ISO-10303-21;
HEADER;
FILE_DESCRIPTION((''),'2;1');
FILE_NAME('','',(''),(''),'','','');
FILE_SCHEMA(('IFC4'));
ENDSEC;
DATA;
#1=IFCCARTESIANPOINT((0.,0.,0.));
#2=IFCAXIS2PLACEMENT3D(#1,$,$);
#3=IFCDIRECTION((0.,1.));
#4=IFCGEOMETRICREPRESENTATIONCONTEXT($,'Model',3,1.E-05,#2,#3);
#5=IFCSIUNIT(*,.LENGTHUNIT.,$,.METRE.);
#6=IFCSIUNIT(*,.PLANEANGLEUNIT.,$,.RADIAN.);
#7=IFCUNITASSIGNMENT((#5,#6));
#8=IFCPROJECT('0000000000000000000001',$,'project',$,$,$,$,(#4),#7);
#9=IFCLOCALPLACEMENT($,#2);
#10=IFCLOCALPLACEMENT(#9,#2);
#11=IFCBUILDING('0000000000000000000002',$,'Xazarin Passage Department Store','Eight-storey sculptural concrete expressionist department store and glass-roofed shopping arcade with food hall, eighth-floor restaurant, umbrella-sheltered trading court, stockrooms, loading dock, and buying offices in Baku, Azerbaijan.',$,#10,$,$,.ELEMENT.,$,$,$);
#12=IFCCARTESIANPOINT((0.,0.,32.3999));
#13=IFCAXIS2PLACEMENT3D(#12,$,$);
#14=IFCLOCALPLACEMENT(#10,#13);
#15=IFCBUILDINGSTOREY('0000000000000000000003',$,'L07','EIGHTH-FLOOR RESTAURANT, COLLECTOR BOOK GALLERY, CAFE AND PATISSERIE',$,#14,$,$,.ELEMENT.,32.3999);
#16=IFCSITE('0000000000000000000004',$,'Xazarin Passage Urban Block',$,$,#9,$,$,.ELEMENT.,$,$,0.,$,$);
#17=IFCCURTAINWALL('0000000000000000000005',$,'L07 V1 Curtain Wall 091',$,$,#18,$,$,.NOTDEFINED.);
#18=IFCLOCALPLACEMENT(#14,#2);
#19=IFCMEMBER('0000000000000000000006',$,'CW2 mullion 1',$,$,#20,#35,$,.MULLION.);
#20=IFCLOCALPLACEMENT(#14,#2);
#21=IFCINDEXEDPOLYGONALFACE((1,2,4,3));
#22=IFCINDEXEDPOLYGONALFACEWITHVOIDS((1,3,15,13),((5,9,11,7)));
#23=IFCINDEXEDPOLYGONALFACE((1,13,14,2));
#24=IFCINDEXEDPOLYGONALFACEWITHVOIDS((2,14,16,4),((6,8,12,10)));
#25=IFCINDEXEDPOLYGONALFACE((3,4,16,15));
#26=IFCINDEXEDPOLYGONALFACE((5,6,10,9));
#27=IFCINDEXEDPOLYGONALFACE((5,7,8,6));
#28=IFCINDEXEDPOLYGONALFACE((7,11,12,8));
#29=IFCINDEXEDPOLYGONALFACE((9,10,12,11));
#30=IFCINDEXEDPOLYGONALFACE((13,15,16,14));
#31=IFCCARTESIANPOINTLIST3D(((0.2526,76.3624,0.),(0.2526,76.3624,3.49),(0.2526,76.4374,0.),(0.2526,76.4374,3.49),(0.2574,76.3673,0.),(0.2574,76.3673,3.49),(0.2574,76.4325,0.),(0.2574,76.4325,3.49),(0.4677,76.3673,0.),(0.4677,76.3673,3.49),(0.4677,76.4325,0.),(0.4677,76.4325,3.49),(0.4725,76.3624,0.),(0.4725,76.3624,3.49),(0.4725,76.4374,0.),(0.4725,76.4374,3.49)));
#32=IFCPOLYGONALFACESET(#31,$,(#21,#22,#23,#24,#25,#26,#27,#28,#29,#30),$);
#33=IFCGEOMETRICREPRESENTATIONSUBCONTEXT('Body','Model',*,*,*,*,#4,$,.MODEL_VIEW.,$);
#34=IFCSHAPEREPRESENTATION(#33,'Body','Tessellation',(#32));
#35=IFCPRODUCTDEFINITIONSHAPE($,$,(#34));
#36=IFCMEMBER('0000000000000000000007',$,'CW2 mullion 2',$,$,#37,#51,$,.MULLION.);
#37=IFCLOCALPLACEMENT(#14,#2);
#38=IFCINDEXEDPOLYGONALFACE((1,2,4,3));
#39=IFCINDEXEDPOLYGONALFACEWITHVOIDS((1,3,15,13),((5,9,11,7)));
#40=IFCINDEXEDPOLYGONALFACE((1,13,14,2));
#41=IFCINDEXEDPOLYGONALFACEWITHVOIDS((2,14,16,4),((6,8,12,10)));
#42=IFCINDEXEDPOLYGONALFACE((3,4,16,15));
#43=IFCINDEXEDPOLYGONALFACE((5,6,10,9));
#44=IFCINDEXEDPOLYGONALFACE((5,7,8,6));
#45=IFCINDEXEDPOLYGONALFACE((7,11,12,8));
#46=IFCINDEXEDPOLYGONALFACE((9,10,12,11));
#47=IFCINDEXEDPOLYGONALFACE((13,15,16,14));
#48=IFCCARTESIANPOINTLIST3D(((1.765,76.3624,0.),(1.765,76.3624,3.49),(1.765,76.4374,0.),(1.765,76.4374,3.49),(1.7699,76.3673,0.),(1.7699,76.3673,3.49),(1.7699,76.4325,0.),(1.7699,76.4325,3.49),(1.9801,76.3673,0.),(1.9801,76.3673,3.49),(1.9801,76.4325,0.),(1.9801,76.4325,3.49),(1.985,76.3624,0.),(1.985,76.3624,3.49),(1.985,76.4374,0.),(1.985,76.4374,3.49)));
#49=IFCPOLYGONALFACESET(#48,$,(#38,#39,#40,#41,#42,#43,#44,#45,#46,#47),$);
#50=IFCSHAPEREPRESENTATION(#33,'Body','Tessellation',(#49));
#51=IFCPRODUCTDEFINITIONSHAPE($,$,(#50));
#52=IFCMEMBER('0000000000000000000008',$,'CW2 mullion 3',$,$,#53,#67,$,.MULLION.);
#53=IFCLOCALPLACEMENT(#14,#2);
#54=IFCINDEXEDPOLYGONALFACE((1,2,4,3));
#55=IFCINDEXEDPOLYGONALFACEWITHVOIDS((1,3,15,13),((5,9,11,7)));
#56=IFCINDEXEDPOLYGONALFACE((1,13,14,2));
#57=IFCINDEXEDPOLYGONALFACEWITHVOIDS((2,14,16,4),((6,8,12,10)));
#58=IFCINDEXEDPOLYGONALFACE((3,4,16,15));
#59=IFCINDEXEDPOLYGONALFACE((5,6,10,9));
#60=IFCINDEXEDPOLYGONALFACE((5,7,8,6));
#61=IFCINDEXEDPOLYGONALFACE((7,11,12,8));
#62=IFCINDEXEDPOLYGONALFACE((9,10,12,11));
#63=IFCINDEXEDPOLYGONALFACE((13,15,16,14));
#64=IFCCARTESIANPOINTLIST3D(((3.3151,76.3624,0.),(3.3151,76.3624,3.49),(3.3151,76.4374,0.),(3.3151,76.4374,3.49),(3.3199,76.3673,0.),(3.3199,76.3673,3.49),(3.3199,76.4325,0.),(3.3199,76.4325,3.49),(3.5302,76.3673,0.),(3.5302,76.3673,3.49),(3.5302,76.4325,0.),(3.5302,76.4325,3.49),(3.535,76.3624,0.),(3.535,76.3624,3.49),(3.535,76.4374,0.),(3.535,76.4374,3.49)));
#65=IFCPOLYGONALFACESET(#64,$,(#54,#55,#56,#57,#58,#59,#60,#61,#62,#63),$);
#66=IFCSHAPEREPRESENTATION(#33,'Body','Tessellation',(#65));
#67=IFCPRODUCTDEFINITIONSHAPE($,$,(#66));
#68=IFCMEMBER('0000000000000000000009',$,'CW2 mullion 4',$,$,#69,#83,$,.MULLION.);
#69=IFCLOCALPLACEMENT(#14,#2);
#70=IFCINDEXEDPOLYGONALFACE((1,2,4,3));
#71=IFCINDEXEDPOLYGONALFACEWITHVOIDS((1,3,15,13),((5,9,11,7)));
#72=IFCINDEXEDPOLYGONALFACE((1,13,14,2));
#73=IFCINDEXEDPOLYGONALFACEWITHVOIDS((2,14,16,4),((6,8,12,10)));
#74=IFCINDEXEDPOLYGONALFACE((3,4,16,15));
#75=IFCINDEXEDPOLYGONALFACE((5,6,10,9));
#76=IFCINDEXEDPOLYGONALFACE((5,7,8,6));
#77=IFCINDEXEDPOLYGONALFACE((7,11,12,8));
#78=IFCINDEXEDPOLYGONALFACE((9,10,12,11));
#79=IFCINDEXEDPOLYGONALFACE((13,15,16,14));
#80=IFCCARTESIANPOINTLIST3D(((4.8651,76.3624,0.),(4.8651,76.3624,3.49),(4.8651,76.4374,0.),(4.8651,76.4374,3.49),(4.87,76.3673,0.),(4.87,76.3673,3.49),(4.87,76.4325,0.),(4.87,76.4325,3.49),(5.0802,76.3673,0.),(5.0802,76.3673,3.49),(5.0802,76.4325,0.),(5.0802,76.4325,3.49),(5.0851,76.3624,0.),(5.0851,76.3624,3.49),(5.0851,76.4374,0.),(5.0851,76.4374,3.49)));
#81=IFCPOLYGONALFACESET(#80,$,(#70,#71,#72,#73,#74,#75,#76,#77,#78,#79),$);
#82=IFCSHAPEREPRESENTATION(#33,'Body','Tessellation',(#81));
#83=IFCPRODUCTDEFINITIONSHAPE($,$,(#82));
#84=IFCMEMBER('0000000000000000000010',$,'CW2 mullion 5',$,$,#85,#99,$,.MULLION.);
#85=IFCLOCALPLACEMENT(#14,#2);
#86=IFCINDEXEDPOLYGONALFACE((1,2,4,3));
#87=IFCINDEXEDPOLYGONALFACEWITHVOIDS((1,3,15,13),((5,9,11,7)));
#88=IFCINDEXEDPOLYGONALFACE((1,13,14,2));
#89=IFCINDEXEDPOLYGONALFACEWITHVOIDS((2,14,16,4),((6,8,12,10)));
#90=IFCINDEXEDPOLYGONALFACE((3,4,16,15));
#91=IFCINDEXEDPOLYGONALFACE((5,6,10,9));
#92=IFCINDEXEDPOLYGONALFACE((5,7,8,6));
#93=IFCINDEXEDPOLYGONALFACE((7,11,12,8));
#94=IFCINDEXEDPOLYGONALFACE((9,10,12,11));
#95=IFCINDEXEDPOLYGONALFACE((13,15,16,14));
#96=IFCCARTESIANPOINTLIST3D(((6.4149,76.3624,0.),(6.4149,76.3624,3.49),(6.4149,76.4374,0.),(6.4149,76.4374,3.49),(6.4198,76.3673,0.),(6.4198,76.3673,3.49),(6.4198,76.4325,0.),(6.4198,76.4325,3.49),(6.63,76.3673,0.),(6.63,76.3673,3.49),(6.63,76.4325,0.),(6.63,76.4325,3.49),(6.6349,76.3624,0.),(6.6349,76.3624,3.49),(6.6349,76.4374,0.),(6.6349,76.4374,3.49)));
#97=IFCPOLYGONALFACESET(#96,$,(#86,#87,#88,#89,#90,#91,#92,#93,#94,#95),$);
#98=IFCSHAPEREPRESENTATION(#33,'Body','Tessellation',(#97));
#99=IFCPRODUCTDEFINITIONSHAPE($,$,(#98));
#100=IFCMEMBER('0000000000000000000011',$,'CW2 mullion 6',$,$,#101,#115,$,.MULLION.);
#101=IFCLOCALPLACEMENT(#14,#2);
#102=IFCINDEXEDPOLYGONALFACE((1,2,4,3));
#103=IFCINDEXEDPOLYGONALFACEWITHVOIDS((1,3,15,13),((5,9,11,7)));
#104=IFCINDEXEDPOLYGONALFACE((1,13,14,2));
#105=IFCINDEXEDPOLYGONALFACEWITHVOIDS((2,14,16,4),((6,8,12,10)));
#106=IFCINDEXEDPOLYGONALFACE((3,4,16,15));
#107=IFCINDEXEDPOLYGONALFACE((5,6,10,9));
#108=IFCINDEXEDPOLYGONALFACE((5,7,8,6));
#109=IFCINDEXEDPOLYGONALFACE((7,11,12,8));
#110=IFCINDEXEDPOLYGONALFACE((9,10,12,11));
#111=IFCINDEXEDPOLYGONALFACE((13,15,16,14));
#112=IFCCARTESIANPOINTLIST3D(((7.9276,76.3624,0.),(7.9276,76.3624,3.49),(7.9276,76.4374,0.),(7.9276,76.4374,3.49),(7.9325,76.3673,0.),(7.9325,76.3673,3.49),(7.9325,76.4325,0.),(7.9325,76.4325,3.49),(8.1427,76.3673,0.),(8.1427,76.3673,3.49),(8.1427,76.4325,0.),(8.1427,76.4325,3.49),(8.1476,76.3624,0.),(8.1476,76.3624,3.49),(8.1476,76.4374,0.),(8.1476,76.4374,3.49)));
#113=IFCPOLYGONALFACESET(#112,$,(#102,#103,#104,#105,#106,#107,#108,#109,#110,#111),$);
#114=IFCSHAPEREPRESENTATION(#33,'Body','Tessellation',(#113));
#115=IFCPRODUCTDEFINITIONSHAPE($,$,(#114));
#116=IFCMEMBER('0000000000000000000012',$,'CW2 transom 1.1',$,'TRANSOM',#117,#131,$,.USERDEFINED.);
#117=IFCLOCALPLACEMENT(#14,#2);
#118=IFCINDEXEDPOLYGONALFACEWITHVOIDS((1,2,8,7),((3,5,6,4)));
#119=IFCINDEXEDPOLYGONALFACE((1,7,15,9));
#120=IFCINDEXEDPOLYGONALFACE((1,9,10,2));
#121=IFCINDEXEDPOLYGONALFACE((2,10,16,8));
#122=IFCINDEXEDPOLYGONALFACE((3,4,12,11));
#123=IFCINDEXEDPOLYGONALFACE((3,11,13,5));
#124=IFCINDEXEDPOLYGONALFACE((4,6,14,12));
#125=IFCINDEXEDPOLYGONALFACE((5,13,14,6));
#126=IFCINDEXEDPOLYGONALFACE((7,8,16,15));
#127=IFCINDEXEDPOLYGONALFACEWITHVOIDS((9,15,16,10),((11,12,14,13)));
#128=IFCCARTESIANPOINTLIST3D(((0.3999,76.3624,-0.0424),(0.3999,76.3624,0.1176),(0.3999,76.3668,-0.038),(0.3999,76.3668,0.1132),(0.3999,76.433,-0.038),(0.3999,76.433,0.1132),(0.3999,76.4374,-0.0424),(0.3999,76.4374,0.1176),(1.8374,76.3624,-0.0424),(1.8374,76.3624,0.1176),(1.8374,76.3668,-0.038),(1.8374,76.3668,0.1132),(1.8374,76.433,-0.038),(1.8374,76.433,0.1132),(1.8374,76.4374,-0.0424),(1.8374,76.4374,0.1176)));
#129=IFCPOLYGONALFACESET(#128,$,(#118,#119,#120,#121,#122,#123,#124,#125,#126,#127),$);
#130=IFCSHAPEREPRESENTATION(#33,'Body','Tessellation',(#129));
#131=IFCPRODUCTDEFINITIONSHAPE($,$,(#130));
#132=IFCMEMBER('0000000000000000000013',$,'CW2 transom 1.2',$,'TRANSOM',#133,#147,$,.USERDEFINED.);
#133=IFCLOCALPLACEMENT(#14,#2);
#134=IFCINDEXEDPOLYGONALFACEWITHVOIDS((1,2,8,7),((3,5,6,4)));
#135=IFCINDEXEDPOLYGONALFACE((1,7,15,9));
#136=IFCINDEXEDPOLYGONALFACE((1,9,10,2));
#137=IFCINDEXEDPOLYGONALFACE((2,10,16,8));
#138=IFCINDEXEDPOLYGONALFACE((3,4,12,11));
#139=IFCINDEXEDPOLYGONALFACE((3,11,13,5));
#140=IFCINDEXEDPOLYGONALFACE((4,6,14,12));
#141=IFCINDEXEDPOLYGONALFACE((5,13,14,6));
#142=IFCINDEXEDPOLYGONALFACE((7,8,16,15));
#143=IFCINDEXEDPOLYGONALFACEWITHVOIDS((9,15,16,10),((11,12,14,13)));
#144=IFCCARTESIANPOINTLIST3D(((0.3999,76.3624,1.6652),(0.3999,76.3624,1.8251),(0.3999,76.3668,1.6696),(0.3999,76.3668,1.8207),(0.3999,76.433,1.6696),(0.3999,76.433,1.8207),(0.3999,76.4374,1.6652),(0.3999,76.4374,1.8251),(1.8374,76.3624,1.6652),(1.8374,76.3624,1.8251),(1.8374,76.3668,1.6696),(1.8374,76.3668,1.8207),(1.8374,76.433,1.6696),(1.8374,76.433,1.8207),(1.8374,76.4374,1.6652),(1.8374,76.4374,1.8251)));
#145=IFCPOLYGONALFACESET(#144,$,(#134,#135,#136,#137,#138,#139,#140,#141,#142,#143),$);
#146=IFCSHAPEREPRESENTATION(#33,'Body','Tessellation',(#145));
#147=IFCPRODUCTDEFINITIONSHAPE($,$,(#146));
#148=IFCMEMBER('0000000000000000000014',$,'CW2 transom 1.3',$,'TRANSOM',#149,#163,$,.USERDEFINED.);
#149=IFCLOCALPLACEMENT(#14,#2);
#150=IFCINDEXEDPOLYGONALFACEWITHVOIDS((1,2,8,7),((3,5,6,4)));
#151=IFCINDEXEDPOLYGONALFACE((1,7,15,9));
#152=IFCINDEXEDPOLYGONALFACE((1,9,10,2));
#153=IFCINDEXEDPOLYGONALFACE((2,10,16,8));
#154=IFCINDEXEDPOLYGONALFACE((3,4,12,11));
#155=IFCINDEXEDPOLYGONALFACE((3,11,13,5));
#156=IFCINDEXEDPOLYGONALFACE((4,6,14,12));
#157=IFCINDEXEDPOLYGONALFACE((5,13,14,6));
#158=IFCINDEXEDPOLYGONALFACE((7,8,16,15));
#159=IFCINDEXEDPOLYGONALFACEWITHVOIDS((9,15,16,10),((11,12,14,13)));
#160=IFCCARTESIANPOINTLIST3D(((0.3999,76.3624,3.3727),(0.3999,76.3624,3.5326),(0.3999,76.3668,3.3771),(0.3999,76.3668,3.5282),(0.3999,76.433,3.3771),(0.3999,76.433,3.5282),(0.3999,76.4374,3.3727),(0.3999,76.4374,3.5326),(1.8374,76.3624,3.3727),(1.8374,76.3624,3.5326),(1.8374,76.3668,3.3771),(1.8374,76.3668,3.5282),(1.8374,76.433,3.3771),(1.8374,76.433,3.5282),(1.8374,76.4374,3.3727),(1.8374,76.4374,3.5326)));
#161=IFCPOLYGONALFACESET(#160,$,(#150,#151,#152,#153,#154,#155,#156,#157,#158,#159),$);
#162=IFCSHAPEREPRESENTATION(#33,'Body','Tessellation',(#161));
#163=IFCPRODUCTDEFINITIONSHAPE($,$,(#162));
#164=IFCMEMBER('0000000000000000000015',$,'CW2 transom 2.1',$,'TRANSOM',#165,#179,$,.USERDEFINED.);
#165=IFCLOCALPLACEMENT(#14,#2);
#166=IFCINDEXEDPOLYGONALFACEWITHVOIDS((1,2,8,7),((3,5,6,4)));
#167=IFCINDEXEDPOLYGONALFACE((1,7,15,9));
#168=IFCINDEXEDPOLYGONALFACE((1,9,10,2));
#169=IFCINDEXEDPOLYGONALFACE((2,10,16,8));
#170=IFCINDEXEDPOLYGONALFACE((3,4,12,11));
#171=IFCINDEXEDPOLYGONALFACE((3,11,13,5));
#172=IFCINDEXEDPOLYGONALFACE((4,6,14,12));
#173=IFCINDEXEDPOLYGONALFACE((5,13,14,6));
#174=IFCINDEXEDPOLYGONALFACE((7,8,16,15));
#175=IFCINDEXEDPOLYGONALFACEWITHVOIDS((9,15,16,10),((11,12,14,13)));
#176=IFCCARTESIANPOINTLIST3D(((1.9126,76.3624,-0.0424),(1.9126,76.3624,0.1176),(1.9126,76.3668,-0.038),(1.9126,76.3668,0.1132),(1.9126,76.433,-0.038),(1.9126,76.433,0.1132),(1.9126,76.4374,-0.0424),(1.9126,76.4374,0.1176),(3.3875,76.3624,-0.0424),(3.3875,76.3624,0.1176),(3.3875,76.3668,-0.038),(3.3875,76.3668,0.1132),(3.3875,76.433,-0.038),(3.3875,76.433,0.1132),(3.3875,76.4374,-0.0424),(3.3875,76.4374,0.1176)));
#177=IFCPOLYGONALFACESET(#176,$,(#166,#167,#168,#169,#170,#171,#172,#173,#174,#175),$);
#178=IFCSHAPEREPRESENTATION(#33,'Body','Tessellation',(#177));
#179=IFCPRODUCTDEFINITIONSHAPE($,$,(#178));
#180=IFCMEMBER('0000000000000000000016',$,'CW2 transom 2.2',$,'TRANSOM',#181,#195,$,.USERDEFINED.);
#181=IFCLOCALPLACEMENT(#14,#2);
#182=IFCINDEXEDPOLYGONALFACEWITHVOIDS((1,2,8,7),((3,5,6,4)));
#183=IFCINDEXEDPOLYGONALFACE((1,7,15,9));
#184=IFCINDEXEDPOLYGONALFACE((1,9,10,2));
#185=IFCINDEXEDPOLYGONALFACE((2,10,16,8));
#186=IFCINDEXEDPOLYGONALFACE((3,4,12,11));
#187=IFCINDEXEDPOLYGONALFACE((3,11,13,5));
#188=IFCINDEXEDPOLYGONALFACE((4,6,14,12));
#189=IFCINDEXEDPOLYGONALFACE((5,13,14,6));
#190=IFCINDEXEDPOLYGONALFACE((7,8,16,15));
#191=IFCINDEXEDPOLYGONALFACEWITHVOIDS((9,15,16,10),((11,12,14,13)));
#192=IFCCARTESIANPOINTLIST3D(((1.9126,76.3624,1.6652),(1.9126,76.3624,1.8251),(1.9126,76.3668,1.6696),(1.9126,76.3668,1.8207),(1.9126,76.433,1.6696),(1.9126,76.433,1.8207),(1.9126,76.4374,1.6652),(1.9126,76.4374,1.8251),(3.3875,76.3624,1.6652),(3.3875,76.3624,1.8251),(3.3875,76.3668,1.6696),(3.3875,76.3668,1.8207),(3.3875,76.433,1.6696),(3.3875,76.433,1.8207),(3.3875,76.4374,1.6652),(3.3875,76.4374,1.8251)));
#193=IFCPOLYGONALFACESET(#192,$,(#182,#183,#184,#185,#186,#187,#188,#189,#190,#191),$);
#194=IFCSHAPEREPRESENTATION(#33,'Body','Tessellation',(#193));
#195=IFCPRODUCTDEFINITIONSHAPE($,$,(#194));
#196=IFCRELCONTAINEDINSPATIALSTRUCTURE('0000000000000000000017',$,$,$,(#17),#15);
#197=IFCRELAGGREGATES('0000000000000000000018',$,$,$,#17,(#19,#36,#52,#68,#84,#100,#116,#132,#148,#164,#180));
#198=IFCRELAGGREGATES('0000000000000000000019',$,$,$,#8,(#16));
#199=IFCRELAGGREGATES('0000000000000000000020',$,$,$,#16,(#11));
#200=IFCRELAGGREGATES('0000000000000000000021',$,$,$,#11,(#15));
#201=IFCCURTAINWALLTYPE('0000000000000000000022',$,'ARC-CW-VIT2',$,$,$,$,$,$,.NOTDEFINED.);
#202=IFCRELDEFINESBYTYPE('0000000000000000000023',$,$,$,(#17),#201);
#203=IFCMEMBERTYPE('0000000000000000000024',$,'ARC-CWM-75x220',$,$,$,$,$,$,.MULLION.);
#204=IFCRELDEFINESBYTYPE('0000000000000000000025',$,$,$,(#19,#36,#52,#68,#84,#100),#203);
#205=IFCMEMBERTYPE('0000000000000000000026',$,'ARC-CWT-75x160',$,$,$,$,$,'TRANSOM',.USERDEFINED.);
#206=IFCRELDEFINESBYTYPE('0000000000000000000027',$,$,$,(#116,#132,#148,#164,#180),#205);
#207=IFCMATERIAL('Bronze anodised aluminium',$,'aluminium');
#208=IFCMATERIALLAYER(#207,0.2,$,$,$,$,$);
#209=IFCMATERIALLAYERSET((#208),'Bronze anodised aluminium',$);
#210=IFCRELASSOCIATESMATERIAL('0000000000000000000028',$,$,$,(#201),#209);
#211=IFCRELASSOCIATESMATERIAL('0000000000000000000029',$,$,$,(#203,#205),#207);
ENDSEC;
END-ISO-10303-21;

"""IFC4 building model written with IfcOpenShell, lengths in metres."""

from ifc_helpers import new_model, si_unit, direction, frame, origin, origin_2d, place, context, subcontext, project, spatial, hollow_rectangle, extrude, material, layer, layer_set, material_profile, profile_set, type_object, element, aggregate, save


model = new_model("IFC4")

# Units and contexts
model_context = context("Model", 3, precision=1e-05, world=origin(), true_north=direction((0.0, 1.0)))
body_context = subcontext(model_context, "Body", "Model", "MODEL_VIEW")
ifc_project = project(units=[si_unit("LENGTHUNIT", "METRE"), si_unit("PLANEANGLEUNIT", "RADIAN")], contexts=[model_context])

# Site, building, storey
site_placement = place(None, origin())
site = spatial("IfcSite", under=ifc_project, at=site_placement, Name="Xazarin Passage Urban Block", CompositionType="ELEMENT", RefElevation=0.0)
building_placement = place(site_placement, origin())
building = spatial("IfcBuilding", under=site, at=building_placement, Name="Xazarin Passage Department Store", Description="Eight-storey sculptural concrete expressionist department store and glass-roofed shopping arcade with food hall, eighth-floor restaurant, umbrella-sheltered trading court, stockrooms, loading dock, and buying offices in Baku, Azerbaijan.", CompositionType="ELEMENT")
storey_placement = place(building_placement, frame((0.0, 0.0, 32.3999)))
storey = spatial("IfcBuildingStorey", under=building, at=storey_placement, Name="L07", Description="EIGHTH-FLOOR RESTAURANT, COLLECTOR BOOK GALLERY, CAFE AND PATISSERIE", CompositionType="ELEMENT", Elevation=32.3999)

# Curtain wall, members
ifc_material_1 = material(Name="Bronze anodised aluminium", Category="aluminium")
ifc_layer_1 = layer(ifc_material_1, 0.2)
ifc_layer_set_1 = layer_set([ifc_layer_1], Name="Bronze anodised aluminium")
curtain_wall_type = type_object("IfcCurtainWallType", Name="ARC-CW-VIT2", PredefinedType="NOTDEFINED", material=ifc_layer_set_1)
curtain_wall_placement = place(storey_placement, origin())
curtain_wall = element("IfcCurtainWall", 1, at=curtain_wall_placement, inside=storey, type_object=curtain_wall_type, Name="L07 V1 Curtain Wall 091", PredefinedType="NOTDEFINED")
ifc_material_profile_1 = material_profile(ifc_material_1, hollow_rectangle(XDim=0.075, YDim=0.22, WallThickness=0.0049, at=origin_2d()), Name="ALU 75x220")
ifc_profile_set_1 = profile_set([ifc_material_profile_1], Name="Bronze anodised aluminium")
member_type_1 = type_object("IfcMemberType", Name="ARC-CWM-75x220", PredefinedType="MULLION", material=ifc_profile_set_1)
member_1_placement = place(storey_placement, frame((0.3625, 76.3999, 0.0), z_axis=(0.0, 0.0, 1.0), x_axis=(0.0, 1.0, 0.0)))
member_1 = element("IfcMember", 2, at=member_1_placement, type_object=member_type_1, Name="CW2 mullion 1", PredefinedType="MULLION", context=body_context, shape_type="SweptSolid", body=[
    extrude(hollow_rectangle(XDim=0.075, YDim=0.22, WallThickness=0.0049, at=origin_2d()), origin(), (0.0, 0.0, 1.0), 3.49),
])
member_2_placement = place(storey_placement, frame((1.875, 76.3999, 0.0), z_axis=(0.0, 0.0, 1.0), x_axis=(0.0, 1.0, 0.0)))
member_2 = element("IfcMember", 3, at=member_2_placement, type_object=member_type_1, Name="CW2 mullion 2", PredefinedType="MULLION", context=body_context, shape_type="SweptSolid", body=[
    extrude(hollow_rectangle(XDim=0.075, YDim=0.22, WallThickness=0.0049, at=origin_2d()), origin(), (0.0, 0.0, 1.0), 3.49),
])
member_3_placement = place(storey_placement, frame((3.425, 76.3999, 0.0), z_axis=(0.0, 0.0, 1.0), x_axis=(0.0, 1.0, 0.0)))
member_3 = element("IfcMember", 4, at=member_3_placement, type_object=member_type_1, Name="CW2 mullion 3", PredefinedType="MULLION", context=body_context, shape_type="SweptSolid", body=[
    extrude(hollow_rectangle(XDim=0.075, YDim=0.22, WallThickness=0.0049, at=origin_2d()), origin(), (0.0, 0.0, 1.0), 3.49),
])
member_4_placement = place(storey_placement, frame((4.9751, 76.3999, 0.0), z_axis=(0.0, 0.0, 1.0), x_axis=(0.0, 1.0, 0.0)))
member_4 = element("IfcMember", 5, at=member_4_placement, type_object=member_type_1, Name="CW2 mullion 4", PredefinedType="MULLION", context=body_context, shape_type="SweptSolid", body=[
    extrude(hollow_rectangle(XDim=0.075, YDim=0.22, WallThickness=0.0049, at=origin_2d()), origin(), (0.0, 0.0, 1.0), 3.49),
])
member_5_placement = place(storey_placement, frame((6.5249, 76.3999, 0.0), z_axis=(0.0, 0.0, 1.0), x_axis=(0.0, 1.0, 0.0)))
member_5 = element("IfcMember", 6, at=member_5_placement, type_object=member_type_1, Name="CW2 mullion 5", PredefinedType="MULLION", context=body_context, shape_type="SweptSolid", body=[
    extrude(hollow_rectangle(XDim=0.075, YDim=0.22, WallThickness=0.0049, at=origin_2d()), origin(), (0.0, 0.0, 1.0), 3.49),
])
member_6_placement = place(storey_placement, frame((8.0376, 76.3999, 0.0), z_axis=(0.0, 0.0, 1.0), x_axis=(0.0, 1.0, 0.0)))
member_6 = element("IfcMember", 7, at=member_6_placement, type_object=member_type_1, Name="CW2 mullion 6", PredefinedType="MULLION", context=body_context, shape_type="SweptSolid", body=[
    extrude(hollow_rectangle(XDim=0.075, YDim=0.22, WallThickness=0.0049, at=origin_2d()), origin(), (0.0, 0.0, 1.0), 3.49),
])
ifc_material_profile_2 = material_profile(ifc_material_1, hollow_rectangle(XDim=0.075, YDim=0.1599, WallThickness=0.0044, at=origin_2d()), Name="ALU 75x160")
ifc_profile_set_2 = profile_set([ifc_material_profile_2], Name="Bronze anodised aluminium")
member_type_2 = type_object("IfcMemberType", Name="ARC-CWT-75x160", ElementType="TRANSOM", PredefinedType="USERDEFINED", material=ifc_profile_set_2)
member_7_placement = place(storey_placement, frame((0.3999, 76.3999, 0.0376), z_axis=(1.0, 0.0, 0.0), x_axis=(0.0, 1.0, 0.0)))
member_7 = element("IfcMember", 8, at=member_7_placement, type_object=member_type_2, Name="CW2 transom 1.1", ObjectType="TRANSOM", PredefinedType="USERDEFINED", context=body_context, shape_type="SweptSolid", body=[
    extrude(hollow_rectangle(XDim=0.075, YDim=0.1599, WallThickness=0.0044, at=origin_2d()), origin(), (0.0, 0.0, 1.0), 1.4375),
])
member_8_placement = place(storey_placement, frame((0.3999, 76.3999, 1.7451), z_axis=(1.0, 0.0, 0.0), x_axis=(0.0, 1.0, 0.0)))
member_8 = element("IfcMember", 9, at=member_8_placement, type_object=member_type_2, Name="CW2 transom 1.2", ObjectType="TRANSOM", PredefinedType="USERDEFINED", context=body_context, shape_type="SweptSolid", body=[
    extrude(hollow_rectangle(XDim=0.075, YDim=0.1599, WallThickness=0.0044, at=origin_2d()), origin(), (0.0, 0.0, 1.0), 1.4375),
])
member_9_placement = place(storey_placement, frame((0.3999, 76.3999, 3.4526), z_axis=(1.0, 0.0, 0.0), x_axis=(0.0, 1.0, 0.0)))
member_9 = element("IfcMember", 10, at=member_9_placement, type_object=member_type_2, Name="CW2 transom 1.3", ObjectType="TRANSOM", PredefinedType="USERDEFINED", context=body_context, shape_type="SweptSolid", body=[
    extrude(hollow_rectangle(XDim=0.075, YDim=0.1599, WallThickness=0.0044, at=origin_2d()), origin(), (0.0, 0.0, 1.0), 1.4375),
])
member_10_placement = place(storey_placement, frame((1.9126, 76.3999, 0.0376), z_axis=(1.0, 0.0, 0.0), x_axis=(0.0, 1.0, 0.0)))
member_10 = element("IfcMember", 11, at=member_10_placement, type_object=member_type_2, Name="CW2 transom 2.1", ObjectType="TRANSOM", PredefinedType="USERDEFINED", context=body_context, shape_type="SweptSolid", body=[
    extrude(hollow_rectangle(XDim=0.075, YDim=0.1599, WallThickness=0.0044, at=origin_2d()), origin(), (0.0, 0.0, 1.0), 1.4749),
])
member_11_placement = place(storey_placement, frame((1.9126, 76.3999, 1.7451), z_axis=(1.0, 0.0, 0.0), x_axis=(0.0, 1.0, 0.0)))
member_11 = element("IfcMember", 12, at=member_11_placement, type_object=member_type_2, Name="CW2 transom 2.2", ObjectType="TRANSOM", PredefinedType="USERDEFINED", context=body_context, shape_type="SweptSolid", body=[
    extrude(hollow_rectangle(XDim=0.075, YDim=0.1599, WallThickness=0.0044, at=origin_2d()), origin(), (0.0, 0.0, 1.0), 1.4749),
])

aggregate(curtain_wall, [member_1, member_2, member_3, member_4, member_5, member_6, member_7, member_8, member_9, member_10, member_11])

save(model, "model.ifc")
